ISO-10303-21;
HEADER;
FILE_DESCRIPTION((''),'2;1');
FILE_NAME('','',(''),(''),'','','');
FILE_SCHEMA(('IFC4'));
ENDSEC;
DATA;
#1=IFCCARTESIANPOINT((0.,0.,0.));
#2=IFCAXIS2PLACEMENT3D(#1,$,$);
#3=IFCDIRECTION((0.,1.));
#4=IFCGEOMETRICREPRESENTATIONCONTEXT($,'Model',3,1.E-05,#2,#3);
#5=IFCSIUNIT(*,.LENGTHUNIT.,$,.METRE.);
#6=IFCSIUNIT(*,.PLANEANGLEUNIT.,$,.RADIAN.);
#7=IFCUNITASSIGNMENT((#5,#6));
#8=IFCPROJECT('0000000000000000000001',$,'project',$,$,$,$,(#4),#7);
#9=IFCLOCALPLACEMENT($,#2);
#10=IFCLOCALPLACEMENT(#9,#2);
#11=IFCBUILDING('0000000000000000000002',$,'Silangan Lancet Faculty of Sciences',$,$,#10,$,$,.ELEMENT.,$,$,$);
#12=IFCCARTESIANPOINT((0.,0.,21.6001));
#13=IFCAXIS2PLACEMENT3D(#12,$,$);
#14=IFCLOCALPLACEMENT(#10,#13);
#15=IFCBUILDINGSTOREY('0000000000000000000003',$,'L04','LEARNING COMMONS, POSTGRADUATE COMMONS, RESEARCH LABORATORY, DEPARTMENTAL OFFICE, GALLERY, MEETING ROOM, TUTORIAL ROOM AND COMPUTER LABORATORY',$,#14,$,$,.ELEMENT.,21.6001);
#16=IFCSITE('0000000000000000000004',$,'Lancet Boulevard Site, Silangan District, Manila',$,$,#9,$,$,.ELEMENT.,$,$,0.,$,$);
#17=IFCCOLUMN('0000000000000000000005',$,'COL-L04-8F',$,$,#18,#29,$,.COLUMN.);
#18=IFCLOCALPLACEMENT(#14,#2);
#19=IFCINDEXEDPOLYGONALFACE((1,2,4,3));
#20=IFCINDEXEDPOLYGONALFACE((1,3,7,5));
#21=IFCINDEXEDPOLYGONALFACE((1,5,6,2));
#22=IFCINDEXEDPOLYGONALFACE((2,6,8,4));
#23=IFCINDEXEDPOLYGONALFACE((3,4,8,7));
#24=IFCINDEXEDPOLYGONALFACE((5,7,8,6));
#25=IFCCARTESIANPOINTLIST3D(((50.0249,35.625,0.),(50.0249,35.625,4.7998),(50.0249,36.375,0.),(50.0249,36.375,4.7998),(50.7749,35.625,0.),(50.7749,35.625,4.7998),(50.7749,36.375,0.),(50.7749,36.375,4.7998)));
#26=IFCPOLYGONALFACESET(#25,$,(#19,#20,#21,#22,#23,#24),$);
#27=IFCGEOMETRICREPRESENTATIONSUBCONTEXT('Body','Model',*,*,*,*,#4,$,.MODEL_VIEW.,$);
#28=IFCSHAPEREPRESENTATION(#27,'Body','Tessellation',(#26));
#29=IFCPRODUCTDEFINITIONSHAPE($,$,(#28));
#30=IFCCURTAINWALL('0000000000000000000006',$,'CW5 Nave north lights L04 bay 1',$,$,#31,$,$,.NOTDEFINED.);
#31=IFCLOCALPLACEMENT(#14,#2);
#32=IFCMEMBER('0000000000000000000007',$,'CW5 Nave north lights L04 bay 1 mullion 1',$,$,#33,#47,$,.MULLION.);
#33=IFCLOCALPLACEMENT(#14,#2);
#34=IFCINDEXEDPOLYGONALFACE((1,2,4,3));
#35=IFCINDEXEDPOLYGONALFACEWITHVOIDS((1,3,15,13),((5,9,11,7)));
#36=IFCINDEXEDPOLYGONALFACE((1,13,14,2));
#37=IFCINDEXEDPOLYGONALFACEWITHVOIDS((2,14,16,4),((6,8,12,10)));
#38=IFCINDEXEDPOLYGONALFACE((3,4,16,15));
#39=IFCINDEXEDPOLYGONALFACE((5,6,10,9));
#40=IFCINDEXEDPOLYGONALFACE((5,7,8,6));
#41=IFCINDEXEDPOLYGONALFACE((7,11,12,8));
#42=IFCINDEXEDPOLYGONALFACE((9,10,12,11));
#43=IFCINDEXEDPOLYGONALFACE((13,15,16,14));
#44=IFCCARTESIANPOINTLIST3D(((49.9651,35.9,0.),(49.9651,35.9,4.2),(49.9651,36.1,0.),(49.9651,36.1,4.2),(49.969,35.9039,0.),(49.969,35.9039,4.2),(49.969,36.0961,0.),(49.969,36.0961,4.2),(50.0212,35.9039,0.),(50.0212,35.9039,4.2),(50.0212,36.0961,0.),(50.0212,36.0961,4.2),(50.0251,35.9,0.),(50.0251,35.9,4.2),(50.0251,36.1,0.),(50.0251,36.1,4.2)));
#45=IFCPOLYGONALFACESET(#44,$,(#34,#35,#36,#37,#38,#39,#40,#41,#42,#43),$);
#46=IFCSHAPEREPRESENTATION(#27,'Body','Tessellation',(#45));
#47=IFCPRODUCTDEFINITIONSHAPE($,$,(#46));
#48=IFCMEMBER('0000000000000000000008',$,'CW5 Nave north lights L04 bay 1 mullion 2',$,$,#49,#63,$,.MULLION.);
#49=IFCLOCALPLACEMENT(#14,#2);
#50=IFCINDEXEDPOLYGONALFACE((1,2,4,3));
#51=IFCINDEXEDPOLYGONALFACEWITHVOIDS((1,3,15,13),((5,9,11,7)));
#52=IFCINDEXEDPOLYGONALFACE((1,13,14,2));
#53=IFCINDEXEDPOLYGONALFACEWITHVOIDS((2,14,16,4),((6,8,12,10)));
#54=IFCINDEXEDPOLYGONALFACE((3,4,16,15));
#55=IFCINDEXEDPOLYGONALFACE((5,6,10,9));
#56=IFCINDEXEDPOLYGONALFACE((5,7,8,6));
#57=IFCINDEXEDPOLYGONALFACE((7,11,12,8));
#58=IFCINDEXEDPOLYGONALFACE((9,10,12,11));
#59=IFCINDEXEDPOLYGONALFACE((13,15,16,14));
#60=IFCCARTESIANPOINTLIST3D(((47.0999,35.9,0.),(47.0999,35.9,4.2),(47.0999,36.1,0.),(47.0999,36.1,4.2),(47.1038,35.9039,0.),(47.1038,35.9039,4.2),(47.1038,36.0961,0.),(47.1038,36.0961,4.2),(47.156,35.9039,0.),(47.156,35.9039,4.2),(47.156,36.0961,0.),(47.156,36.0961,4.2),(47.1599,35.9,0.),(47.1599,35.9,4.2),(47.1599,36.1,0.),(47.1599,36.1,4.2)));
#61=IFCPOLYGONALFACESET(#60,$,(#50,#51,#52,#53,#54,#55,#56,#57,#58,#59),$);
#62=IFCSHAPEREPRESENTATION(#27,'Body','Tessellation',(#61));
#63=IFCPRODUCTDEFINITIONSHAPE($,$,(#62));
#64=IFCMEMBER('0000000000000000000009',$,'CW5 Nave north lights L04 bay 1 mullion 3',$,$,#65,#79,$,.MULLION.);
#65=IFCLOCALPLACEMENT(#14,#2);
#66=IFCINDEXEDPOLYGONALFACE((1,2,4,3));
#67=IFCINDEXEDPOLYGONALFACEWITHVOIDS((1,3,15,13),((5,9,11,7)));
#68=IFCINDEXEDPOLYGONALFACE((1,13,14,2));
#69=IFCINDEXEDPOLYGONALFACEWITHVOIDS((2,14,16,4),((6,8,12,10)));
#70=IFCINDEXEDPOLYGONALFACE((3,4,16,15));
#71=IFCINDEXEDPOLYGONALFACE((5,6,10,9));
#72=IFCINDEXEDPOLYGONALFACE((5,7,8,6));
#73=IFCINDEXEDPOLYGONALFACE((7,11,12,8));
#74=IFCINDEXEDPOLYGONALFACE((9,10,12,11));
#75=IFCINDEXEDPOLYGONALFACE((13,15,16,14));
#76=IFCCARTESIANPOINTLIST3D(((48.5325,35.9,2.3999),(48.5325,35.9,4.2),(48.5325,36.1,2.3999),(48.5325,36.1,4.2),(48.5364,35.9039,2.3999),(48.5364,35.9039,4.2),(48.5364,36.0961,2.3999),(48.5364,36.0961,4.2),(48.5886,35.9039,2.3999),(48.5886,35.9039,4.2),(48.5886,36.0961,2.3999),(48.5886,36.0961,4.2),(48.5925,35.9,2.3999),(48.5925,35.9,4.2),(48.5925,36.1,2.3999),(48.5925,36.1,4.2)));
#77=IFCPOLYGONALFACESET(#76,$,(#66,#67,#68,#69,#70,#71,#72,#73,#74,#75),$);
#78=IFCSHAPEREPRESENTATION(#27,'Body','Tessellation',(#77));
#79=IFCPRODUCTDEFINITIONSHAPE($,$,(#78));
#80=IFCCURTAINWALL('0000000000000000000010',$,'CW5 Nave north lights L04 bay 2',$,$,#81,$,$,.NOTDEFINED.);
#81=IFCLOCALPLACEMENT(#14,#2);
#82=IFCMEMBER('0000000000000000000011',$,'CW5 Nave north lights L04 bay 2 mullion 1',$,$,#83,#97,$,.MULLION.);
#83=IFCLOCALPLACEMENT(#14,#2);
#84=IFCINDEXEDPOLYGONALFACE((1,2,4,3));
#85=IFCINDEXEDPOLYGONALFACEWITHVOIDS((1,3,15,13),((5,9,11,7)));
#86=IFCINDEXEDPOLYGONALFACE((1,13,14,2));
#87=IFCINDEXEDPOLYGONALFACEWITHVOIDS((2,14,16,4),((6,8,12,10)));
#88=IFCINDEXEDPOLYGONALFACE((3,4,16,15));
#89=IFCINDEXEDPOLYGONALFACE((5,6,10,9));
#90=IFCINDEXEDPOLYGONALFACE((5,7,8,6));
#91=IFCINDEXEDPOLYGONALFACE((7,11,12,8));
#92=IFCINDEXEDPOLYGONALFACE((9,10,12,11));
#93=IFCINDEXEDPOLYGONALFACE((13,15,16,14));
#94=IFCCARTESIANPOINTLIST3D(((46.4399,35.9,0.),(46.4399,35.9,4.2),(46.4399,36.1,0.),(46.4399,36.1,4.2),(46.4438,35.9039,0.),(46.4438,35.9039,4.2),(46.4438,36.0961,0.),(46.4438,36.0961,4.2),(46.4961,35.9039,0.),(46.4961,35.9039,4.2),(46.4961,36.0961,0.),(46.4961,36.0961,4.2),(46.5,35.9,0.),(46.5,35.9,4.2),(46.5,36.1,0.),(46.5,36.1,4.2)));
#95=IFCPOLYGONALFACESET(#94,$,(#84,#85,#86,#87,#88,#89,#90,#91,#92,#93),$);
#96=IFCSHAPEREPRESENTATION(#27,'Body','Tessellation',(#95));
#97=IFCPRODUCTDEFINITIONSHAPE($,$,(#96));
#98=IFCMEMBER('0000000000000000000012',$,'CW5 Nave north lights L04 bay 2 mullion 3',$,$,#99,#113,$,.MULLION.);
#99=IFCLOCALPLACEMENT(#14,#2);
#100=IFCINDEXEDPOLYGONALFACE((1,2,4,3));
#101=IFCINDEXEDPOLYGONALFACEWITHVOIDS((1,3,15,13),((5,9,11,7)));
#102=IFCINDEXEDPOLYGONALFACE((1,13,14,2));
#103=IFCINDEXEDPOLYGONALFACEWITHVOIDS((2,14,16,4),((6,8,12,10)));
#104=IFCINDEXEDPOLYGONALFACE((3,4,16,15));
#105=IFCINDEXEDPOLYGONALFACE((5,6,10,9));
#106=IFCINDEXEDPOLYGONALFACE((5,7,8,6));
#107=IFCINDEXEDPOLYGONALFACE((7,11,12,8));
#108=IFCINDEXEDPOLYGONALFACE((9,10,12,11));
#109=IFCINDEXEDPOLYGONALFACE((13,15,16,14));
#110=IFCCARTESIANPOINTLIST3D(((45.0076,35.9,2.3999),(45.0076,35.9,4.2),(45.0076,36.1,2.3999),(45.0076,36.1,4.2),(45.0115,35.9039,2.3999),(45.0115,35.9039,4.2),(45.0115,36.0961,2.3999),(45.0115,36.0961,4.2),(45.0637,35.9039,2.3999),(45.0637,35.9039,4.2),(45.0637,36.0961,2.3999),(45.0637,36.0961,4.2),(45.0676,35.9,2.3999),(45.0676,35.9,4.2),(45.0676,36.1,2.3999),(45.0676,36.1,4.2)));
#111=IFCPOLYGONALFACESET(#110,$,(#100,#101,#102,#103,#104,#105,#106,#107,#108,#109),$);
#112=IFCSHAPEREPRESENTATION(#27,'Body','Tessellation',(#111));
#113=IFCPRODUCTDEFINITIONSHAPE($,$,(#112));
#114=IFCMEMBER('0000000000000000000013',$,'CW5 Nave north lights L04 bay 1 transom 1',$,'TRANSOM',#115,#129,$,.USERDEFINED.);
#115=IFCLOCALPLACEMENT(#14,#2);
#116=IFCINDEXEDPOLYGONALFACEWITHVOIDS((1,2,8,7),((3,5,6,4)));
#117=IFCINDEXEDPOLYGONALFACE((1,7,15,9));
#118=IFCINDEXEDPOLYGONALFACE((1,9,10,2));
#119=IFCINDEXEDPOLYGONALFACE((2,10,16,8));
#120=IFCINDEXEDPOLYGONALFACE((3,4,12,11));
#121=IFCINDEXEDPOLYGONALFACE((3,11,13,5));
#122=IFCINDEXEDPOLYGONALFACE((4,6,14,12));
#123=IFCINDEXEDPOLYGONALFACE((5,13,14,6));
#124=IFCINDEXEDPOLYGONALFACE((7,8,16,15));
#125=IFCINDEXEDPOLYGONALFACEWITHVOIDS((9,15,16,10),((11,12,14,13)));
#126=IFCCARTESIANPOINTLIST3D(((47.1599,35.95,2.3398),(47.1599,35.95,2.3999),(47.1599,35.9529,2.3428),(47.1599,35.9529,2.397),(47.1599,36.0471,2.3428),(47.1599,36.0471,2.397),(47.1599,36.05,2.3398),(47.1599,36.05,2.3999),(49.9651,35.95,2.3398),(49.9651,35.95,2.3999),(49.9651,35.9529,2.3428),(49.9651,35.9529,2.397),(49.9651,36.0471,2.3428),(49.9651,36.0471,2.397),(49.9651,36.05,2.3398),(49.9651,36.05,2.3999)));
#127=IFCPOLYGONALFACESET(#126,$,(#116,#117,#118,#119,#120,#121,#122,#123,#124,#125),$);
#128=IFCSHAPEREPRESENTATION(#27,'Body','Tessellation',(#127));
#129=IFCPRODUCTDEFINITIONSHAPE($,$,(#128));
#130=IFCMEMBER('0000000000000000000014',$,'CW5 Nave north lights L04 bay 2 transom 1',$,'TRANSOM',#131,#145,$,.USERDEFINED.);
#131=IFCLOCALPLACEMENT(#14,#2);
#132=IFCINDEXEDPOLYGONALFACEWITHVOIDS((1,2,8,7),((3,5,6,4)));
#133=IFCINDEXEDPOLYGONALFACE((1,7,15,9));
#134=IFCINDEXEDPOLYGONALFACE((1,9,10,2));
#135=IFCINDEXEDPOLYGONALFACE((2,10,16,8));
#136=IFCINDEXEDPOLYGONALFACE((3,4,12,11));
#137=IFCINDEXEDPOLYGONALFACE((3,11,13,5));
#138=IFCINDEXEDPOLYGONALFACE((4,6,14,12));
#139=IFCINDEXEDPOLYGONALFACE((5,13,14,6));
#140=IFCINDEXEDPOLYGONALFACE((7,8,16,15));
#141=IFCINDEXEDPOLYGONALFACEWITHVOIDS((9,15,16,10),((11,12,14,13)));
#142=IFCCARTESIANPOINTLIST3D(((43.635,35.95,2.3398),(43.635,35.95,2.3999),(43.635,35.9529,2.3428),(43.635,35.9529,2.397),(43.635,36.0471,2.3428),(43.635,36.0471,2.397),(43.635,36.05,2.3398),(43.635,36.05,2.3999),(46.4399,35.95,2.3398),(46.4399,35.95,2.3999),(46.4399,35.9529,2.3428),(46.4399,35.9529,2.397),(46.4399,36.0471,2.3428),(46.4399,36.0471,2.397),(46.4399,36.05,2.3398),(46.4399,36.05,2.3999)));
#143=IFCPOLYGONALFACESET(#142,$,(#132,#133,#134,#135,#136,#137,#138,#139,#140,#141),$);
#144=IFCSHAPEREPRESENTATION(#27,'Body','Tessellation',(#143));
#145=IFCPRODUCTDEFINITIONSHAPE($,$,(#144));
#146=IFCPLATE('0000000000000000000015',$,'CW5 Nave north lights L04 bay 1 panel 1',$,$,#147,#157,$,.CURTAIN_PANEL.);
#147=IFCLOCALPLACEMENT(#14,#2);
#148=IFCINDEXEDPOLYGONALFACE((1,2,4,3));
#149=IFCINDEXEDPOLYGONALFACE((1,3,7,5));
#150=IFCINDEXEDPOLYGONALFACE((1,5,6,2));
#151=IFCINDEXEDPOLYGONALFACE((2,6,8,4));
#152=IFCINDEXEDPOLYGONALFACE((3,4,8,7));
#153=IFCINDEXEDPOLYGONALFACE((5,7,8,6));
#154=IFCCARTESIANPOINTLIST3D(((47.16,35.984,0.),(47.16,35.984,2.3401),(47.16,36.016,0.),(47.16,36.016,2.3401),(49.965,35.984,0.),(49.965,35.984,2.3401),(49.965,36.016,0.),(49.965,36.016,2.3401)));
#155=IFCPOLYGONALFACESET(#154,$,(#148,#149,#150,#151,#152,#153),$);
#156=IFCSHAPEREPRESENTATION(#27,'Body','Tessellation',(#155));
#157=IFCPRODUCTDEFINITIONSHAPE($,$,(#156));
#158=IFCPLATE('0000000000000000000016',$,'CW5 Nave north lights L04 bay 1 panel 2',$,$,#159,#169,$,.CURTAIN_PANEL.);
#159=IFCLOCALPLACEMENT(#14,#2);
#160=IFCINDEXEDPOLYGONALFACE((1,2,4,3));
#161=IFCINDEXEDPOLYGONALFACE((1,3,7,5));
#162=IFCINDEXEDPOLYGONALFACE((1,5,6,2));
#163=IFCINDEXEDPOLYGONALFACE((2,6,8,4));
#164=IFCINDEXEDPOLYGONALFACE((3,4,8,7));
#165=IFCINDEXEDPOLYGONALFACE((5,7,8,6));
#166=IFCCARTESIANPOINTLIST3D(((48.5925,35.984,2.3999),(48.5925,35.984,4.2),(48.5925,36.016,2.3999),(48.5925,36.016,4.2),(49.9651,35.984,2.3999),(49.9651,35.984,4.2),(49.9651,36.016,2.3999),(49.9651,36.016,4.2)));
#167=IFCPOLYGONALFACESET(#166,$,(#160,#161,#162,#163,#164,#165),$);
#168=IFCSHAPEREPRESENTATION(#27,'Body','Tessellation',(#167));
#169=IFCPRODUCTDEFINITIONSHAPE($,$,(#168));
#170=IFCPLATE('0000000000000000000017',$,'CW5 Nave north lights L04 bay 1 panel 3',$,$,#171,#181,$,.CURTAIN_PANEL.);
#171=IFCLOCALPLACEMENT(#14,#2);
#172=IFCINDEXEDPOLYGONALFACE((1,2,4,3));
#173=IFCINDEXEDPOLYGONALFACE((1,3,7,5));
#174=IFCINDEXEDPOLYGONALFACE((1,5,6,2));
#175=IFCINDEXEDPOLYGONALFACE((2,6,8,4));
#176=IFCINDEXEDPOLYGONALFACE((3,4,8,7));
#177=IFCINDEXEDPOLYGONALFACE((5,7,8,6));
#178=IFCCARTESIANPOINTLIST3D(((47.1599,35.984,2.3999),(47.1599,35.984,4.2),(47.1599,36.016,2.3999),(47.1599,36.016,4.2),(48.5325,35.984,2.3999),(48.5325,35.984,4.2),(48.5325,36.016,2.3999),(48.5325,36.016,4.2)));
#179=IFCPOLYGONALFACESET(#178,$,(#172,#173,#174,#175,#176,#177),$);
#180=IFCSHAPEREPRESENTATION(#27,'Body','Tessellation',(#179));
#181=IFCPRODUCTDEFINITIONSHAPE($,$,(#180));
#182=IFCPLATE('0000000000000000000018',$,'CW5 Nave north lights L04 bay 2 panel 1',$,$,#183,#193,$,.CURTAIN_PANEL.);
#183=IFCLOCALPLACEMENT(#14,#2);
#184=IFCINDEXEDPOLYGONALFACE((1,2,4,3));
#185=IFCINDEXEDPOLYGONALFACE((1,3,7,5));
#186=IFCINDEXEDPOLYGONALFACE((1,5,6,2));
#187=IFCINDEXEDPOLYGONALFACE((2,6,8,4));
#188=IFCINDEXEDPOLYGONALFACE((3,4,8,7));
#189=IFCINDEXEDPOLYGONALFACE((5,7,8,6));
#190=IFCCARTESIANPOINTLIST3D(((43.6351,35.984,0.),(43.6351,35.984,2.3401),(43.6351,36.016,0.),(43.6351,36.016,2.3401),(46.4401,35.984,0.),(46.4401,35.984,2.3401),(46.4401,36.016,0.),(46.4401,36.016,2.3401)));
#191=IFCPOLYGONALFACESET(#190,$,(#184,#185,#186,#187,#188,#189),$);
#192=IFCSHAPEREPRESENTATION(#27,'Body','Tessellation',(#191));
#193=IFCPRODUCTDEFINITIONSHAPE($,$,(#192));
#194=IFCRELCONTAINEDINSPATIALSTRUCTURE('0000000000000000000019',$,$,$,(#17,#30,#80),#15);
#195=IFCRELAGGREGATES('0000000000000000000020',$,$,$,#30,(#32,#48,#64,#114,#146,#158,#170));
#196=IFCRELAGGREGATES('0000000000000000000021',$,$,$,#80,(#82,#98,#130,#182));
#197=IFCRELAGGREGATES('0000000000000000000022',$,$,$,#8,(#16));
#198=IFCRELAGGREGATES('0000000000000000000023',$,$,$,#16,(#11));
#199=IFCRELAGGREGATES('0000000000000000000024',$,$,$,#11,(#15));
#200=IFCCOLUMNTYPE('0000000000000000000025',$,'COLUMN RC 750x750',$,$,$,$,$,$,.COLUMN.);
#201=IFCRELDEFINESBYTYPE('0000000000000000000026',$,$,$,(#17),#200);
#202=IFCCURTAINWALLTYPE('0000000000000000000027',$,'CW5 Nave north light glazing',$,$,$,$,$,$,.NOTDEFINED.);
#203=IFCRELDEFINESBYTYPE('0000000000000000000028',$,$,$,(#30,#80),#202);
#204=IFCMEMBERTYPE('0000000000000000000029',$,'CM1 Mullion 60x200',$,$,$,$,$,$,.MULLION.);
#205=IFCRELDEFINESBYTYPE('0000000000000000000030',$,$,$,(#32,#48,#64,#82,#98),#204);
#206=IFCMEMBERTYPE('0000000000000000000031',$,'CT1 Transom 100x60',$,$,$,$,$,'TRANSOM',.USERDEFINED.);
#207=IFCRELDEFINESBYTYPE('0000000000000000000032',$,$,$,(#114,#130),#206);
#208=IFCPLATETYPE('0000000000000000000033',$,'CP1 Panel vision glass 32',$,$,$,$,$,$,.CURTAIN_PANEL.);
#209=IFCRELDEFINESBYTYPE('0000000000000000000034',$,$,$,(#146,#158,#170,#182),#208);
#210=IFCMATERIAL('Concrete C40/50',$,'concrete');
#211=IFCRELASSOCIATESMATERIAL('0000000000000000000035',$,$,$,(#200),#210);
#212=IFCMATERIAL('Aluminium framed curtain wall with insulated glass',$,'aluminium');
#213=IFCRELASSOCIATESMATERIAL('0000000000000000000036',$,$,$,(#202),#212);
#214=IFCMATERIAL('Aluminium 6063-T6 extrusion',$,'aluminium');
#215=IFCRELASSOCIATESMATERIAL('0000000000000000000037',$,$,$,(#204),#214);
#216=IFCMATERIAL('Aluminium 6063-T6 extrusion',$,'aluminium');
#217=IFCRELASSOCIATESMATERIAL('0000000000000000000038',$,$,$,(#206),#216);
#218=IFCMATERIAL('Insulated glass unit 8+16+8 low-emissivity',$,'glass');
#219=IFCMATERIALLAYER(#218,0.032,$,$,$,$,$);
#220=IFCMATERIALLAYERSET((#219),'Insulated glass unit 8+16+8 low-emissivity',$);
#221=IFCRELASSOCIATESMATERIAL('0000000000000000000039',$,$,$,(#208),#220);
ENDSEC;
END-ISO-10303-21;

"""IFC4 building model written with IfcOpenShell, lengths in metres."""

from ifc_helpers import new_model, si_unit, direction, frame, origin, origin_2d, place, context, subcontext, project, spatial, rectangle, hollow_rectangle, extrude, material, layer, layer_set, material_profile, profile_set, type_object, element, aggregate, save


model = new_model("IFC4")

# Units and contexts
model_context = context("Model", 3, precision=1e-05, world=origin(), true_north=direction((0.0, 1.0)))
body_context = subcontext(model_context, "Body", "Model", "MODEL_VIEW")
ifc_project = project(units=[si_unit("LENGTHUNIT", "METRE"), si_unit("PLANEANGLEUNIT", "RADIAN")], contexts=[model_context])

# Site, building, storey
site_placement = place(None, origin())
site = spatial("IfcSite", under=ifc_project, at=site_placement, Name="Lancet Boulevard Site, Silangan District, Manila", CompositionType="ELEMENT", RefElevation=0.0)
building_placement = place(site_placement, origin())
building = spatial("IfcBuilding", under=site, at=building_placement, Name="Silangan Lancet Faculty of Sciences", CompositionType="ELEMENT")
storey_placement = place(building_placement, frame((0.0, 0.0, 21.6001)))
storey = spatial("IfcBuildingStorey", under=building, at=storey_placement, Name="L04", Description="LEARNING COMMONS, POSTGRADUATE COMMONS, RESEARCH LABORATORY, DEPARTMENTAL OFFICE, GALLERY, MEETING ROOM, TUTORIAL ROOM AND COMPUTER LABORATORY", CompositionType="ELEMENT", Elevation=21.6001)

# Column
ifc_material_1 = material(Name="Concrete C40/50", Category="concrete")
ifc_material_profile_1 = material_profile(ifc_material_1, rectangle(XDim=0.75, YDim=0.75, at=origin_2d()), Name="RC 750x750")
ifc_profile_set_1 = profile_set([ifc_material_profile_1], Name="Concrete C40/50")
column_type = type_object("IfcColumnType", Name="COLUMN RC 750x750", PredefinedType="COLUMN", material=ifc_profile_set_1)
column_placement = place(storey_placement, frame((50.3999, 36.0, 0.0), z_axis=(0.0, 0.0, 1.0), x_axis=(1.0, 0.0, 0.0)))
element("IfcColumn", 1, at=column_placement, inside=storey, type_object=column_type, Name="COL-L04-8F", PredefinedType="COLUMN", context=body_context, shape_type="SweptSolid", body=[
    extrude(rectangle(XDim=0.75, YDim=0.75, at=origin_2d()), origin(), (0.0, 0.0, 1.0), 4.7998),
])

# Curtain walls, members
ifc_material_2 = material(Name="Aluminium framed curtain wall with insulated glass", Category="aluminium")
curtain_wall_type = type_object("IfcCurtainWallType", Name="CW5 Nave north light glazing", PredefinedType="NOTDEFINED", material=ifc_material_2)
curtain_wall_1_placement = place(storey_placement, origin())
curtain_wall_1 = element("IfcCurtainWall", 2, at=curtain_wall_1_placement, inside=storey, type_object=curtain_wall_type, Name="CW5 Nave north lights L04 bay 1", PredefinedType="NOTDEFINED")
ifc_material_3 = material(Name="Aluminium 6063-T6 extrusion", Category="aluminium")
ifc_material_profile_2 = material_profile(ifc_material_3, hollow_rectangle(XDim=0.0601, YDim=0.2, WallThickness=0.0039, at=origin_2d()), Name="AL BOX 60x200x4")
ifc_profile_set_2 = profile_set([ifc_material_profile_2], Name="Aluminium 6063-T6 extrusion")
member_type_1 = type_object("IfcMemberType", Name="CM1 Mullion 60x200", PredefinedType="MULLION", material=ifc_profile_set_2)
member_1_placement = place(storey_placement, frame((49.9951, 36.0, 0.0), z_axis=(0.0, 0.0, 1.0), x_axis=(-1.0, 0.0, 0.0)))
member_1 = element("IfcMember", 3, at=member_1_placement, type_object=member_type_1, Name="CW5 Nave north lights L04 bay 1 mullion 1", PredefinedType="MULLION", context=body_context, shape_type="SweptSolid", body=[
    extrude(hollow_rectangle(XDim=0.0601, YDim=0.2, WallThickness=0.0039, at=origin_2d()), origin(), (0.0, 0.0, 1.0), 4.2),
])
member_2_placement = place(storey_placement, frame((47.1299, 36.0, 0.0), z_axis=(0.0, 0.0, 1.0), x_axis=(-1.0, 0.0, 0.0)))
member_2 = element("IfcMember", 4, at=member_2_placement, type_object=member_type_1, Name="CW5 Nave north lights L04 bay 1 mullion 2", PredefinedType="MULLION", context=body_context, shape_type="SweptSolid", body=[
    extrude(hollow_rectangle(XDim=0.0601, YDim=0.2, WallThickness=0.0039, at=origin_2d()), origin(), (0.0, 0.0, 1.0), 4.2),
])
member_3_placement = place(storey_placement, frame((48.5625, 36.0, 2.3999), z_axis=(0.0, 0.0, 1.0), x_axis=(-1.0, 0.0, 0.0)))
member_3 = element("IfcMember", 5, at=member_3_placement, type_object=member_type_1, Name="CW5 Nave north lights L04 bay 1 mullion 3", PredefinedType="MULLION", context=body_context, shape_type="SweptSolid", body=[
    extrude(hollow_rectangle(XDim=0.0601, YDim=0.2, WallThickness=0.0039, at=origin_2d()), origin(), (0.0, 0.0, 1.0), 1.8),
])
curtain_wall_2_placement = place(storey_placement, origin())
curtain_wall_2 = element("IfcCurtainWall", 6, at=curtain_wall_2_placement, inside=storey, type_object=curtain_wall_type, Name="CW5 Nave north lights L04 bay 2", PredefinedType="NOTDEFINED")
member_4_placement = place(storey_placement, frame((46.47, 36.0, 0.0), z_axis=(0.0, 0.0, 1.0), x_axis=(-1.0, 0.0, 0.0)))
member_4 = element("IfcMember", 7, at=member_4_placement, type_object=member_type_1, Name="CW5 Nave north lights L04 bay 2 mullion 1", PredefinedType="MULLION", context=body_context, shape_type="SweptSolid", body=[
    extrude(hollow_rectangle(XDim=0.0601, YDim=0.2, WallThickness=0.0039, at=origin_2d()), origin(), (0.0, 0.0, 1.0), 4.2),
])
member_5_placement = place(storey_placement, frame((45.0376, 36.0, 2.3999), z_axis=(0.0, 0.0, 1.0), x_axis=(-1.0, 0.0, 0.0)))
member_5 = element("IfcMember", 8, at=member_5_placement, type_object=member_type_1, Name="CW5 Nave north lights L04 bay 2 mullion 3", PredefinedType="MULLION", context=body_context, shape_type="SweptSolid", body=[
    extrude(hollow_rectangle(XDim=0.0601, YDim=0.2, WallThickness=0.0039, at=origin_2d()), origin(), (0.0, 0.0, 1.0), 1.8),
])

# Members
ifc_material_4 = material(Name="Aluminium 6063-T6 extrusion", Category="aluminium")
ifc_material_profile_3 = material_profile(ifc_material_4, hollow_rectangle(XDim=0.1001, YDim=0.0601, WallThickness=0.0029, at=origin_2d()), Name="AL BOX 100x60x3")
ifc_profile_set_3 = profile_set([ifc_material_profile_3], Name="Aluminium 6063-T6 extrusion")
member_type_2 = type_object("IfcMemberType", Name="CT1 Transom 100x60", ElementType="TRANSOM", PredefinedType="USERDEFINED", material=ifc_profile_set_3)
member_6_placement = place(storey_placement, frame((49.9651, 36.0, 2.3699), z_axis=(-1.0, 0.0, 0.0), x_axis=(0.0, -1.0, 0.0)))
member_6 = element("IfcMember", 9, at=member_6_placement, type_object=member_type_2, Name="CW5 Nave north lights L04 bay 1 transom 1", ObjectType="TRANSOM", PredefinedType="USERDEFINED", context=body_context, shape_type="SweptSolid", body=[
    extrude(hollow_rectangle(XDim=0.1001, YDim=0.0601, WallThickness=0.0029, at=origin_2d()), origin(), (0.0, 0.0, 1.0), 2.8052),
])
member_7_placement = place(storey_placement, frame((46.4399, 36.0, 2.3699), z_axis=(-1.0, 0.0, 0.0), x_axis=(0.0, -1.0, 0.0)))
member_7 = element("IfcMember", 10, at=member_7_placement, type_object=member_type_2, Name="CW5 Nave north lights L04 bay 2 transom 1", ObjectType="TRANSOM", PredefinedType="USERDEFINED", context=body_context, shape_type="SweptSolid", body=[
    extrude(hollow_rectangle(XDim=0.1001, YDim=0.0601, WallThickness=0.0029, at=origin_2d()), origin(), (0.0, 0.0, 1.0), 2.8049),
])

# Plates
ifc_material_5 = material(Name="Insulated glass unit 8+16+8 low-emissivity", Category="glass")
ifc_layer_1 = layer(ifc_material_5, 0.032)
ifc_layer_set_1 = layer_set([ifc_layer_1], Name="Insulated glass unit 8+16+8 low-emissivity")
plate_type = type_object("IfcPlateType", Name="CP1 Panel vision glass 32", PredefinedType="CURTAIN_PANEL", material=ifc_layer_set_1)
plate_1_placement = place(storey_placement, frame((48.5625, 36.0, 0.0), z_axis=(0.0, 0.0, 1.0), x_axis=(-1.0, 0.0, 0.0)))
plate_1 = element("IfcPlate", 11, at=plate_1_placement, type_object=plate_type, Name="CW5 Nave north lights L04 bay 1 panel 1", PredefinedType="CURTAIN_PANEL", context=body_context, shape_type="SweptSolid", body=[
    extrude(rectangle(XDim=2.8049, YDim=0.032, at=origin_2d()), origin(), (0.0, 0.0, 1.0), 2.3401),
])
plate_2_placement = place(storey_placement, frame((49.2788, 36.0, 2.3999), z_axis=(0.0, 0.0, 1.0), x_axis=(-1.0, 0.0, 0.0)))
plate_2 = element("IfcPlate", 12, at=plate_2_placement, type_object=plate_type, Name="CW5 Nave north lights L04 bay 1 panel 2", PredefinedType="CURTAIN_PANEL", context=body_context, shape_type="SweptSolid", body=[
    extrude(rectangle(XDim=1.3726, YDim=0.032, at=origin_2d()), origin(), (0.0, 0.0, 1.0), 1.8),
])
plate_3_placement = place(storey_placement, frame((47.8462, 36.0, 2.3999), z_axis=(0.0, 0.0, 1.0), x_axis=(-1.0, 0.0, 0.0)))
plate_3 = element("IfcPlate", 13, at=plate_3_placement, type_object=plate_type, Name="CW5 Nave north lights L04 bay 1 panel 3", PredefinedType="CURTAIN_PANEL", context=body_context, shape_type="SweptSolid", body=[
    extrude(rectangle(XDim=1.3726, YDim=0.032, at=origin_2d()), origin(), (0.0, 0.0, 1.0), 1.8),
])
aggregate(curtain_wall_1, [member_1, member_2, member_3, member_6, plate_1, plate_2, plate_3])
plate_4_placement = place(storey_placement, frame((45.0376, 36.0, 0.0), z_axis=(0.0, 0.0, 1.0), x_axis=(-1.0, 0.0, 0.0)))
plate_4 = element("IfcPlate", 14, at=plate_4_placement, type_object=plate_type, Name="CW5 Nave north lights L04 bay 2 panel 1", PredefinedType="CURTAIN_PANEL", context=body_context, shape_type="SweptSolid", body=[
    extrude(rectangle(XDim=2.8049, YDim=0.032, at=origin_2d()), origin(), (0.0, 0.0, 1.0), 2.3401),
])
aggregate(curtain_wall_2, [member_4, member_5, member_7, plate_4])

save(model, "model.ifc")
